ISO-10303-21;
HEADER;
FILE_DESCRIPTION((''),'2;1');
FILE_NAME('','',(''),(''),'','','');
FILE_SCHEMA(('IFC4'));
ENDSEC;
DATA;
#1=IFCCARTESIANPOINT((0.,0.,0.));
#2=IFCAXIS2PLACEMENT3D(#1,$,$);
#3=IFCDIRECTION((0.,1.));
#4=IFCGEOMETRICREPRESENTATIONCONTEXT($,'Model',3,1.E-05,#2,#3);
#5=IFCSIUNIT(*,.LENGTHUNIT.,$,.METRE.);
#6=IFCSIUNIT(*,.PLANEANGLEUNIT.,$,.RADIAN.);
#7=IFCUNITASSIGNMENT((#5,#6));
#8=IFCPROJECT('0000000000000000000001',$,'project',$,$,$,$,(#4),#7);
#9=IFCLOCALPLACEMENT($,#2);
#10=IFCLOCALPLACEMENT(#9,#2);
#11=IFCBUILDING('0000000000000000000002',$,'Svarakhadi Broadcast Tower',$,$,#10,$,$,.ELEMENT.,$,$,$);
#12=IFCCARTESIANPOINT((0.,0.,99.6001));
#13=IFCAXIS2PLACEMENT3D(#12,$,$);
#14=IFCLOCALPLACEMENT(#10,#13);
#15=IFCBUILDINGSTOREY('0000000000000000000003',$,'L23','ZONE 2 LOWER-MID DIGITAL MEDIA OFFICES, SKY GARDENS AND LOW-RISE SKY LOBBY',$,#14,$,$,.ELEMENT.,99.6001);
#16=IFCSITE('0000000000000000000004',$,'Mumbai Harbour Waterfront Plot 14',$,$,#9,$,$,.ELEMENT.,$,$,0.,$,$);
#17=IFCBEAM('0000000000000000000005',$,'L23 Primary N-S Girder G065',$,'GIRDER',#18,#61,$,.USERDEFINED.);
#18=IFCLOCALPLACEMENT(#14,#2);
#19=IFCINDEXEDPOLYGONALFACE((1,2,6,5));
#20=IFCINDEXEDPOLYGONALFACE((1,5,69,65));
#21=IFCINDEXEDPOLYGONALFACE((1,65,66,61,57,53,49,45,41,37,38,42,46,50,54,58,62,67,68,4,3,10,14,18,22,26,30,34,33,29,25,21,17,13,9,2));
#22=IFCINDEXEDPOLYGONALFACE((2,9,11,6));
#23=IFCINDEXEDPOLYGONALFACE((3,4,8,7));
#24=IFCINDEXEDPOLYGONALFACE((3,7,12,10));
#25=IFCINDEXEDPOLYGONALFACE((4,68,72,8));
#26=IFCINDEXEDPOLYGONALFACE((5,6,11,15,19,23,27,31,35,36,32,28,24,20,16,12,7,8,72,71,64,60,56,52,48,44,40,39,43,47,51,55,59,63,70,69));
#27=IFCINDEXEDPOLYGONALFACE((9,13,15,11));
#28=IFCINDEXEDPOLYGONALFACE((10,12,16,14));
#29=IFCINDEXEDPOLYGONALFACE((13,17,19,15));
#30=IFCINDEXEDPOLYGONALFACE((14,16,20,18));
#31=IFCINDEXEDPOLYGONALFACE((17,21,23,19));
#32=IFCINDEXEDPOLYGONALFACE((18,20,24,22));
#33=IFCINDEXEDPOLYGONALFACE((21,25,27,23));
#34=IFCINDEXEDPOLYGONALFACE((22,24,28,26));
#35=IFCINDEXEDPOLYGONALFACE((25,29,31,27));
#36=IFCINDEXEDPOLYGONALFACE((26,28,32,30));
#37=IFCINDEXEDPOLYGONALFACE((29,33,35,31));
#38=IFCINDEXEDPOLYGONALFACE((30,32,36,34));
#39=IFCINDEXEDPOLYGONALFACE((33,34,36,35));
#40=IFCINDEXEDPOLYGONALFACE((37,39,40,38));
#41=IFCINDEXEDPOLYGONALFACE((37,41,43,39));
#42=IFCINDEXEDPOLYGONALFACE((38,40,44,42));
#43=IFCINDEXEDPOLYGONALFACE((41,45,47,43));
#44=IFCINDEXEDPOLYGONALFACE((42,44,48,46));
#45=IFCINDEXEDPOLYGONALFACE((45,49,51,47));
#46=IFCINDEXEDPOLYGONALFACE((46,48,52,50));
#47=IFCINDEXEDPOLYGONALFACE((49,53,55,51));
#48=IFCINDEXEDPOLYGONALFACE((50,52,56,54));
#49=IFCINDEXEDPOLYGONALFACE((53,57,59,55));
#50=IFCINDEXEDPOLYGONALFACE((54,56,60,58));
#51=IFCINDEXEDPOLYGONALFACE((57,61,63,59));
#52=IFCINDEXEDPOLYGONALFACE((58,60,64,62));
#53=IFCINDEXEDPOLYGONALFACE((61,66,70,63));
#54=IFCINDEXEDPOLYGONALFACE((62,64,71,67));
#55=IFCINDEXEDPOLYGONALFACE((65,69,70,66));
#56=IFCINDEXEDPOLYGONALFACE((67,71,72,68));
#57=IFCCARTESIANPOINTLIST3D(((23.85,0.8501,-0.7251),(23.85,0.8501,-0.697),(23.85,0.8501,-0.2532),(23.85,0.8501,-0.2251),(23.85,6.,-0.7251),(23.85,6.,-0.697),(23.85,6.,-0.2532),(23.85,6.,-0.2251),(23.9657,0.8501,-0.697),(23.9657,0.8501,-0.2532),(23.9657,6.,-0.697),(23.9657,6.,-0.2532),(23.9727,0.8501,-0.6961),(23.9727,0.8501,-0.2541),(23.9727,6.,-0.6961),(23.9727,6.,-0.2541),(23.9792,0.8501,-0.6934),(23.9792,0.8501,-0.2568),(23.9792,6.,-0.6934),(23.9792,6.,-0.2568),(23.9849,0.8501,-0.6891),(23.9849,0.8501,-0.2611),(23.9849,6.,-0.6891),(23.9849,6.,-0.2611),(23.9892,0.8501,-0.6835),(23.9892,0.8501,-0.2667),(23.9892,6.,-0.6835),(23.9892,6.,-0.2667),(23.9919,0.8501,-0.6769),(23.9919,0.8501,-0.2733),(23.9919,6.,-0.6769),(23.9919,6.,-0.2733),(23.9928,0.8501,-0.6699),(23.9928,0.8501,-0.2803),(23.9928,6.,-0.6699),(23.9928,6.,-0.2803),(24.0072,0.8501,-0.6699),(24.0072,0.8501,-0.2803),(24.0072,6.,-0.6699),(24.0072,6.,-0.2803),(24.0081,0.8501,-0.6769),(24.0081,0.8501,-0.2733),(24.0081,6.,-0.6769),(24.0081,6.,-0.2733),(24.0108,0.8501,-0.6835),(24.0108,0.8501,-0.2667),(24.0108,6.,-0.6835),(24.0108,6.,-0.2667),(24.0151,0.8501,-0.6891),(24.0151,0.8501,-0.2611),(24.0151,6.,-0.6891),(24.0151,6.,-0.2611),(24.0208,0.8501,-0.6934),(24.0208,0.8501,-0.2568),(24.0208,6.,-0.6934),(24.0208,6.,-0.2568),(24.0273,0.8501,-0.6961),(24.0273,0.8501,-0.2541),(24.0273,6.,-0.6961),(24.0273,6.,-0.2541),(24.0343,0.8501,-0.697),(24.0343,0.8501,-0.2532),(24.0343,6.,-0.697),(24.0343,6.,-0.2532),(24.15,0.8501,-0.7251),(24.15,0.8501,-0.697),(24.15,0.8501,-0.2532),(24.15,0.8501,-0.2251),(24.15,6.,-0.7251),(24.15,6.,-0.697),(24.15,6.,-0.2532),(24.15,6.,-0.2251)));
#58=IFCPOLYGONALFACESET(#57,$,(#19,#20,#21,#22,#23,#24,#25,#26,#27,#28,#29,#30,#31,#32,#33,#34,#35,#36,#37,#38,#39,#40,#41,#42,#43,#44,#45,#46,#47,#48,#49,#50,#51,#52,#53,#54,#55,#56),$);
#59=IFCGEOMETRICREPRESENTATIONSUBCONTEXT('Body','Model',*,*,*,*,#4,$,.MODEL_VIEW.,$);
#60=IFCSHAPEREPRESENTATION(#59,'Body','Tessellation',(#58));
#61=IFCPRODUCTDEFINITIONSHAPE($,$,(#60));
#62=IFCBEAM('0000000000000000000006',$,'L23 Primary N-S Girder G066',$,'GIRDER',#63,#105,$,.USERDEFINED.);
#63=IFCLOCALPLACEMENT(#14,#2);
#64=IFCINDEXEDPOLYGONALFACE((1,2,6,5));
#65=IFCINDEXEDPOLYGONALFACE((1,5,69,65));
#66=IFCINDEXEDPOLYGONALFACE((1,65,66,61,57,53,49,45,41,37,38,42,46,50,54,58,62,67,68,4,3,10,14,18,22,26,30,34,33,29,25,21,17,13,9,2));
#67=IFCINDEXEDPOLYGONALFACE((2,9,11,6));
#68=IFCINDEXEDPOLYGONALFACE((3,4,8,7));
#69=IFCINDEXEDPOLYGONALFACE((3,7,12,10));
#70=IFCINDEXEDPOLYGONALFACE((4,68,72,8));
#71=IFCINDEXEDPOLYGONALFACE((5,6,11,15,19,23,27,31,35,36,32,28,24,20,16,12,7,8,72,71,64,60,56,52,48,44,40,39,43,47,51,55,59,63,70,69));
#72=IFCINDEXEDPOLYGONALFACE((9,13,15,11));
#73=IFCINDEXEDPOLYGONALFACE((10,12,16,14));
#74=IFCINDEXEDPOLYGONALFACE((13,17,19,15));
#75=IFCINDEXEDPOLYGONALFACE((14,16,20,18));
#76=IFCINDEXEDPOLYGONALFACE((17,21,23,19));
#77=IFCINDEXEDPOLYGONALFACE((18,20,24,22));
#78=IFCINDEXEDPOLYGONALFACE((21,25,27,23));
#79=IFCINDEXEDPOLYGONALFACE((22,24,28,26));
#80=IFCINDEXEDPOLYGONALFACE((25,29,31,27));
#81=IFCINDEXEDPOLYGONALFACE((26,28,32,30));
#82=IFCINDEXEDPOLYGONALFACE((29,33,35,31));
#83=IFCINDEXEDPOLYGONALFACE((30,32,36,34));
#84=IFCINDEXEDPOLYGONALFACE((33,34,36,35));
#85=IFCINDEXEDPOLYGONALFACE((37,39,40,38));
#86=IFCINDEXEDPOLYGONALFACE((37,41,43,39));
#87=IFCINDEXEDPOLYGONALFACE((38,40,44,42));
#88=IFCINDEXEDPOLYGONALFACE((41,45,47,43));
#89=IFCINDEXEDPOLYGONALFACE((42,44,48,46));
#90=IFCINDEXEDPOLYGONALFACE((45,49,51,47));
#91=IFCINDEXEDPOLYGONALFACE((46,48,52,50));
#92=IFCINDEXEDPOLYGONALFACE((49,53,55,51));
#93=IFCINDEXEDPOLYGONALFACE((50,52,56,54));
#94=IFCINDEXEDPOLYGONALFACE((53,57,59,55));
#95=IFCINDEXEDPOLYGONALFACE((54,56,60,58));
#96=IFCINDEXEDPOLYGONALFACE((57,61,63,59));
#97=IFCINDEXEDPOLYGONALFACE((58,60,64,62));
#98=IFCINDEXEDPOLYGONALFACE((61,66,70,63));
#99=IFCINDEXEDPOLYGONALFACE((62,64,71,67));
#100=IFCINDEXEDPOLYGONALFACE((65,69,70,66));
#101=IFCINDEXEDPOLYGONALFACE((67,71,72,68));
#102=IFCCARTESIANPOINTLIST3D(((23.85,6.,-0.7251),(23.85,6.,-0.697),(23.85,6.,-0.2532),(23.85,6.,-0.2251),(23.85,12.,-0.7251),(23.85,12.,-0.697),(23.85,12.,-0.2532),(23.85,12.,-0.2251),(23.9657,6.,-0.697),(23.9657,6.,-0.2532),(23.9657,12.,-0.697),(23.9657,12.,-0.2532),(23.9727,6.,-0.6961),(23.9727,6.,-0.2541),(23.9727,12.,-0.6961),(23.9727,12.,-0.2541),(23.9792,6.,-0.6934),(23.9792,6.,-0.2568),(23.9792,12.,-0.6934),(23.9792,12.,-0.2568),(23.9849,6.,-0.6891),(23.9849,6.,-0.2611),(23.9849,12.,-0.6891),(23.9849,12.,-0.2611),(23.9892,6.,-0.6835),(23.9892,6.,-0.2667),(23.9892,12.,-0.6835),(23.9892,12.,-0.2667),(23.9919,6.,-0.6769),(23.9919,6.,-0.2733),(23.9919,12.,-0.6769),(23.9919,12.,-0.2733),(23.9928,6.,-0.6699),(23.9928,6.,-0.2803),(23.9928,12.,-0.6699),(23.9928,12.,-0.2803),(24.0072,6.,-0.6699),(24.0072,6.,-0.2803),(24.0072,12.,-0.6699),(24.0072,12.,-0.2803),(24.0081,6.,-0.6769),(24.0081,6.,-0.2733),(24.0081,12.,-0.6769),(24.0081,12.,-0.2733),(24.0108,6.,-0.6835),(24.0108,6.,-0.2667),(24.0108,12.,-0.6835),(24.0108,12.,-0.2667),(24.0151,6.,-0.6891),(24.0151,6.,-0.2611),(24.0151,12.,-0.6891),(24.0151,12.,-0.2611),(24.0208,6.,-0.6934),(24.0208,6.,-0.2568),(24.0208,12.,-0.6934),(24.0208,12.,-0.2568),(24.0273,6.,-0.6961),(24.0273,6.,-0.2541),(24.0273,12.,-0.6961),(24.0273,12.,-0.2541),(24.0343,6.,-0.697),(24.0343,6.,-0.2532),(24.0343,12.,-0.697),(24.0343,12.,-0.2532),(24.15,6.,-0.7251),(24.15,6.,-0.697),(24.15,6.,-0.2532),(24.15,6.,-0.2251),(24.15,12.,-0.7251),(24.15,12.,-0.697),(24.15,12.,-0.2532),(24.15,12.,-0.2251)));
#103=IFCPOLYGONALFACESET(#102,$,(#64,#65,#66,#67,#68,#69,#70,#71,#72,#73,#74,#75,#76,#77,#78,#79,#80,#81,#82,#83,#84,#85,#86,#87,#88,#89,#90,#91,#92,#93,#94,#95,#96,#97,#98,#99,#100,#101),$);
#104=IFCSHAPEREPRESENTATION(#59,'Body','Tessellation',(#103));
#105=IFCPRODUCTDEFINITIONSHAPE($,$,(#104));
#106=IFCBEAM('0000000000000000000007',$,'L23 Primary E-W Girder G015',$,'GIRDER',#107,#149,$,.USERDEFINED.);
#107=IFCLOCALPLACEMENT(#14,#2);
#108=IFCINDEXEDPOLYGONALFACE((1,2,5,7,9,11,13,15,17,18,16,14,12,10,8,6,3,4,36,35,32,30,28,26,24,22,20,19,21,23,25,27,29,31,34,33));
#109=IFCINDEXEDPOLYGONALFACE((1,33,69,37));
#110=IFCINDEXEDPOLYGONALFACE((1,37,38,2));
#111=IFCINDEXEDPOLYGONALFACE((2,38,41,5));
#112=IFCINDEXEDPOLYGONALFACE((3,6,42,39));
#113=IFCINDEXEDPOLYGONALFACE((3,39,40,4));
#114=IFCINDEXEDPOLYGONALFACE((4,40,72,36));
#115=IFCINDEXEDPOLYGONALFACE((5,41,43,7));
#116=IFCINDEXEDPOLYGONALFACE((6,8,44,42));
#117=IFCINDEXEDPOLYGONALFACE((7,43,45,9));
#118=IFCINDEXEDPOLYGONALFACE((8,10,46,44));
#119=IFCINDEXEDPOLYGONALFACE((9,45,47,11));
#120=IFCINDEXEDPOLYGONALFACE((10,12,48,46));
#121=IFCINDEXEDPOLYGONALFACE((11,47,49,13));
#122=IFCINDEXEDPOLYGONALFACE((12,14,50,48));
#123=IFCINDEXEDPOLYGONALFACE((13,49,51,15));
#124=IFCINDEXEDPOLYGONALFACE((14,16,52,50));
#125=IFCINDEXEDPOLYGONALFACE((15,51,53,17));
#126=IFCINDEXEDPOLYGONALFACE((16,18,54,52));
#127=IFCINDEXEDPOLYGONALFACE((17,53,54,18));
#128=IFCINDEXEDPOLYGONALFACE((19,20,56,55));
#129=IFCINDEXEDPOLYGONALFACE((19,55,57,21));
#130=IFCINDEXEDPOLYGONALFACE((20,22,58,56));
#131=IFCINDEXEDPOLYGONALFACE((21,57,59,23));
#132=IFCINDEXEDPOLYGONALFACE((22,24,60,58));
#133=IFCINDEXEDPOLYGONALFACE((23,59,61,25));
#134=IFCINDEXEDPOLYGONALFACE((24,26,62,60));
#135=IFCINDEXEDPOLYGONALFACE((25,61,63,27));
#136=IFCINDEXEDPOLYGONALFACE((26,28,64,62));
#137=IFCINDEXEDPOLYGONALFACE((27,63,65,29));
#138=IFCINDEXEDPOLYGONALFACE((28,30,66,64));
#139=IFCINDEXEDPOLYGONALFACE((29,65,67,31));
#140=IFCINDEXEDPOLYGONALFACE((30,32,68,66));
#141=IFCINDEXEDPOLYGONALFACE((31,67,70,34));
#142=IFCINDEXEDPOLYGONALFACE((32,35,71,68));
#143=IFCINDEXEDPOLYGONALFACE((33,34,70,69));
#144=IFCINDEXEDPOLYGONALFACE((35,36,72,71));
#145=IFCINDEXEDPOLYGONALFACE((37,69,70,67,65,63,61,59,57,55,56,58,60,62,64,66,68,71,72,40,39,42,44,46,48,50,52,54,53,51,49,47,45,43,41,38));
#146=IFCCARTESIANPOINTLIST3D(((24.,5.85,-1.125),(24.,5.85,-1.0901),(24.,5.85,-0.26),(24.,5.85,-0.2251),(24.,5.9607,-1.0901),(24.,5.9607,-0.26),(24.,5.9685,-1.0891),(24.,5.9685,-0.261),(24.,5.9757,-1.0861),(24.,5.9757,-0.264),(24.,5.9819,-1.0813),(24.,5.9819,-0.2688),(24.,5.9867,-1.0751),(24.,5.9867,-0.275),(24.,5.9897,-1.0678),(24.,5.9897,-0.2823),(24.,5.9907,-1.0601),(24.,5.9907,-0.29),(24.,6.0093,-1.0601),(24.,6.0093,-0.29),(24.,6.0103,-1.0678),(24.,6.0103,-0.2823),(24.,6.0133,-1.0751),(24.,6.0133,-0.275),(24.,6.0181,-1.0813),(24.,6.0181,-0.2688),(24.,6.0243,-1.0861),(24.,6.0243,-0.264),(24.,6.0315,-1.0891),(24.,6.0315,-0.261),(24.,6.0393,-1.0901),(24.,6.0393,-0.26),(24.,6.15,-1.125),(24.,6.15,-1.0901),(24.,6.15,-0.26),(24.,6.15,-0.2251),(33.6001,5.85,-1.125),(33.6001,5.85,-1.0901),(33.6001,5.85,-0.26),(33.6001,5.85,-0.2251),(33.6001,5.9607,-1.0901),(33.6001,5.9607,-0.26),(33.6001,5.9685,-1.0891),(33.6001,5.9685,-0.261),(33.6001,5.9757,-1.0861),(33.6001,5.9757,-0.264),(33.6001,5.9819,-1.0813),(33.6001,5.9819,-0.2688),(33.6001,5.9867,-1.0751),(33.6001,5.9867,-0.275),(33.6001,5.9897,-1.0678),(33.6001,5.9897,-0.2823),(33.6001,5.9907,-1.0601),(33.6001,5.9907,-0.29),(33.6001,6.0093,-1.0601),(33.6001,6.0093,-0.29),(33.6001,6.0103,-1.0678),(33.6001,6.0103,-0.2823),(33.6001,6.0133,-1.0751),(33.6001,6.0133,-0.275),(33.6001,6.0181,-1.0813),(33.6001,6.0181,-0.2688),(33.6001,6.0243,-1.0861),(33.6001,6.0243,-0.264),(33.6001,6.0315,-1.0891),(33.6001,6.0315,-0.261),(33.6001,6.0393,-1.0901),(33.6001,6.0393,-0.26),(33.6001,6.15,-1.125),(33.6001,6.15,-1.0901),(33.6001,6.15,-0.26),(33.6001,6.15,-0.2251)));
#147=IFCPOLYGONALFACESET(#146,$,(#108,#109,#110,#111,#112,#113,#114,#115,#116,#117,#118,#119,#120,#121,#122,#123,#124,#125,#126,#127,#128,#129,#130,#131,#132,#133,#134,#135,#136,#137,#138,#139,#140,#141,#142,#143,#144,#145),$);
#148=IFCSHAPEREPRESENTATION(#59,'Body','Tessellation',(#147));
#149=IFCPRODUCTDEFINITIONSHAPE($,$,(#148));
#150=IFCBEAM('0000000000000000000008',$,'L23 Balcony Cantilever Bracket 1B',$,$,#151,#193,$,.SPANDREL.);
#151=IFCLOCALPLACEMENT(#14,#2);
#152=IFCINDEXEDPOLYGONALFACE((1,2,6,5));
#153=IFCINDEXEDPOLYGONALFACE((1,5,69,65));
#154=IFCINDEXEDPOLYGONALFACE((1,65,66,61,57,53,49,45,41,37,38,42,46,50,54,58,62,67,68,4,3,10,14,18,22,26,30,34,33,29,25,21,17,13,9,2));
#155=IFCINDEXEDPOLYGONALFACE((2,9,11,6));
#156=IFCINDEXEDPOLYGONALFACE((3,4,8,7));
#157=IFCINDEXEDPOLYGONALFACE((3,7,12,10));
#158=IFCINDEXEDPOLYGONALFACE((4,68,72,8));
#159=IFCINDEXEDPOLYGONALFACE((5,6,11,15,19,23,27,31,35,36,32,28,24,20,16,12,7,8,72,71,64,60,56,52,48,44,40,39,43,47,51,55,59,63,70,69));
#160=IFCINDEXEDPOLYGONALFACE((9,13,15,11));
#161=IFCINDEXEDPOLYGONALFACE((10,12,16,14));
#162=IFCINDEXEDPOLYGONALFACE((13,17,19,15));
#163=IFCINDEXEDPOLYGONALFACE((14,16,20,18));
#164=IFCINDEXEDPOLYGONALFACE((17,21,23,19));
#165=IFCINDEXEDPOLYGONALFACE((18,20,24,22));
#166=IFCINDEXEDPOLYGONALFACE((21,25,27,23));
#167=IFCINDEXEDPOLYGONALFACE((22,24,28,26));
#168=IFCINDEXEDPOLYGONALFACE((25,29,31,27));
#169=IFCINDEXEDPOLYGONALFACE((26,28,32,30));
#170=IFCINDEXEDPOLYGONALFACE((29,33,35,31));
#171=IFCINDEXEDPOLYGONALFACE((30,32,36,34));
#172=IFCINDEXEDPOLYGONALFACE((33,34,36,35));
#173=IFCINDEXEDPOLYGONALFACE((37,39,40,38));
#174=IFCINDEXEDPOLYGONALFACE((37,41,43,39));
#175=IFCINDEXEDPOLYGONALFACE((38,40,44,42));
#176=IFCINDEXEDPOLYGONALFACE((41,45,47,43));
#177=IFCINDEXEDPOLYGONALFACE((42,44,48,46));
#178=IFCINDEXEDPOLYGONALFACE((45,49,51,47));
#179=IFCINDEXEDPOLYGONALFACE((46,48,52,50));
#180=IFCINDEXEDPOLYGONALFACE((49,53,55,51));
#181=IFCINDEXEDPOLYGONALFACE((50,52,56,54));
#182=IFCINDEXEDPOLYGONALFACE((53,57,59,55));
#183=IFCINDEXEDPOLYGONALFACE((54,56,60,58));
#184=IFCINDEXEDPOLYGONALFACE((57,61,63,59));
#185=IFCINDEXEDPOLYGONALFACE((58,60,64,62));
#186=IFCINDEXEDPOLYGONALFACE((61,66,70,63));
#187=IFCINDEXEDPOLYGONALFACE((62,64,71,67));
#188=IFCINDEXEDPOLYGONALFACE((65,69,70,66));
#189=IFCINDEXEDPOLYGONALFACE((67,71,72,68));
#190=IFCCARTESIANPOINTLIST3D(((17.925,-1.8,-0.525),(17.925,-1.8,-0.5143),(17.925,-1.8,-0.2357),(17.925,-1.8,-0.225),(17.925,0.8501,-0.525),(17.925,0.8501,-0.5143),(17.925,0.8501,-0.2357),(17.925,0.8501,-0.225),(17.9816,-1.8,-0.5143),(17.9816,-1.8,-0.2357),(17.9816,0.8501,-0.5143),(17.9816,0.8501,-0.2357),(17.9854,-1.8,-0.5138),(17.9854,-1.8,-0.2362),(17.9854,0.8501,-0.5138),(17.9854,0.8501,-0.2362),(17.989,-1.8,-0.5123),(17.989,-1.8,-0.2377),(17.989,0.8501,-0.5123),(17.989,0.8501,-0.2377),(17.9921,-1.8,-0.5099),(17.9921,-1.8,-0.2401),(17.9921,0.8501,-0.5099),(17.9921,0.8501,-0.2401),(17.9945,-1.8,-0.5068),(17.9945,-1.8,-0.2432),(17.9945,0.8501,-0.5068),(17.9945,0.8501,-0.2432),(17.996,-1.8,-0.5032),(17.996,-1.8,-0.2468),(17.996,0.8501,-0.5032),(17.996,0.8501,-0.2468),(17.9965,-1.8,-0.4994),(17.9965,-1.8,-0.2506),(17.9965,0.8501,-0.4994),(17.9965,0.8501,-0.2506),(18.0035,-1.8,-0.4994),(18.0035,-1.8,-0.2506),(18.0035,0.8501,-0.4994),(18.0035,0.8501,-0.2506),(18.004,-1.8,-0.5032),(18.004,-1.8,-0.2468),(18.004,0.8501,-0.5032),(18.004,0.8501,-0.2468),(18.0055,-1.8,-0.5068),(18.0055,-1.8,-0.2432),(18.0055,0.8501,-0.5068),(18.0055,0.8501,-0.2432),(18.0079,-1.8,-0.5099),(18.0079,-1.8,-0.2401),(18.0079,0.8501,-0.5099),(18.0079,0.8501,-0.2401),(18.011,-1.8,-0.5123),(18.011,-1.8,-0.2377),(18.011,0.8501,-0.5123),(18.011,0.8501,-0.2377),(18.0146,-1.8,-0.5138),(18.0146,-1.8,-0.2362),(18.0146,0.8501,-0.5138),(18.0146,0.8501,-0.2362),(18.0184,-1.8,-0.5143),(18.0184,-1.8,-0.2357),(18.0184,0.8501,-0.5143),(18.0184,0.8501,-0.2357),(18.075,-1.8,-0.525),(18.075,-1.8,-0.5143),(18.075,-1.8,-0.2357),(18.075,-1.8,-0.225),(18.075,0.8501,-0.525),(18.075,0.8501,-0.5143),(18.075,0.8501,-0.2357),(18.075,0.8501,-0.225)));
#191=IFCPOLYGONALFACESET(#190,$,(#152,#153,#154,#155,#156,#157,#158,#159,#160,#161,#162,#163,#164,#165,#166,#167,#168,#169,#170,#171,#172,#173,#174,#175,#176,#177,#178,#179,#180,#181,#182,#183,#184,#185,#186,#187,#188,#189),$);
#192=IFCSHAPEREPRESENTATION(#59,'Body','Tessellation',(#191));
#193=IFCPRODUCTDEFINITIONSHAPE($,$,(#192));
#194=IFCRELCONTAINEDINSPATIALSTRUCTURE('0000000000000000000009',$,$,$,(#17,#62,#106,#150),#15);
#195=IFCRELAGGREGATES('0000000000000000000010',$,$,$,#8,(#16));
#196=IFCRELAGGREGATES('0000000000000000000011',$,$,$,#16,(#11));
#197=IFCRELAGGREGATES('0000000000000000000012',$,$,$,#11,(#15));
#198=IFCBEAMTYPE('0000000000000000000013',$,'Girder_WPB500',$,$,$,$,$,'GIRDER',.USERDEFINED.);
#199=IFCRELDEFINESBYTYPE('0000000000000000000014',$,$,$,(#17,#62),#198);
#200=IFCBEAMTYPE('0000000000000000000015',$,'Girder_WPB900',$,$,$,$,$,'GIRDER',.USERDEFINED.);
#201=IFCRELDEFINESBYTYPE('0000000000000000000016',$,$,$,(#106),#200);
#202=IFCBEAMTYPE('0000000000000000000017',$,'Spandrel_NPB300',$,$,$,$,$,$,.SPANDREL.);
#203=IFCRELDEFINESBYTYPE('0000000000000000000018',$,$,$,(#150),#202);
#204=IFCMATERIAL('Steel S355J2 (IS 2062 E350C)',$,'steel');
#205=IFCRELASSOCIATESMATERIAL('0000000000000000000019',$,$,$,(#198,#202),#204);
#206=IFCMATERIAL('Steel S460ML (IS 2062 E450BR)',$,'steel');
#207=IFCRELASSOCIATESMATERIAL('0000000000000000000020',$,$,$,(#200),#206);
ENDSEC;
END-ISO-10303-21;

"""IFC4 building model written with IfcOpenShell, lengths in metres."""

from ifc_helpers import new_model, si_unit, direction, frame, origin, origin_2d, place, context, subcontext, project, spatial, i_section, extrude, material, material_profile, profile_set, type_object, element, save


model = new_model("IFC4")

# Units and contexts
model_context = context("Model", 3, precision=1e-05, world=origin(), true_north=direction((0.0, 1.0)))
body_context = subcontext(model_context, "Body", "Model", "MODEL_VIEW")
ifc_project = project(units=[si_unit("LENGTHUNIT", "METRE"), si_unit("PLANEANGLEUNIT", "RADIAN")], contexts=[model_context])

# Site, building, storey
site_placement = place(None, origin())
site = spatial("IfcSite", under=ifc_project, at=site_placement, Name="Mumbai Harbour Waterfront Plot 14", CompositionType="ELEMENT", RefElevation=0.0)
building_placement = place(site_placement, origin())
building = spatial("IfcBuilding", under=site, at=building_placement, Name="Svarakhadi Broadcast Tower", CompositionType="ELEMENT")
storey_placement = place(building_placement, frame((0.0, 0.0, 99.6001)))
storey = spatial("IfcBuildingStorey", under=building, at=storey_placement, Name="L23", Description="ZONE 2 LOWER-MID DIGITAL MEDIA OFFICES, SKY GARDENS AND LOW-RISE SKY LOBBY", CompositionType="ELEMENT", Elevation=99.6001)

# Shared definitions
ifc_material_1 = material(Name="Steel S355J2 (IS 2062 E350C)", Category="steel")

# Shared definitions
ifc_material_2 = material(Name="Steel S460ML (IS 2062 E450BR)", Category="steel")

# Beams
ifc_material_profile_1 = material_profile(ifc_material_1, i_section(OverallWidth=0.3, OverallDepth=0.5, WebThickness=0.0144, FlangeThickness=0.0281, FilletRadius=0.0271, at=origin_2d()), Name="WPB 500x300x187")
ifc_profile_set_1 = profile_set([ifc_material_profile_1], Name="Steel S355J2 (IS 2062 E350C)")
beam_type_1 = type_object("IfcBeamType", Name="Girder_WPB500", ElementType="GIRDER", PredefinedType="USERDEFINED", material=ifc_profile_set_1)
beam_1_placement = place(storey_placement, frame((24.0, 0.8501, -0.4751), z_axis=(0.0, 1.0, 0.0), x_axis=(-1.0, 0.0, 0.0)))
element("IfcBeam", 1, at=beam_1_placement, inside=storey, type_object=beam_type_1, Name="L23 Primary N-S Girder G065", ObjectType="GIRDER", PredefinedType="USERDEFINED", context=body_context, shape_type="SweptSolid", body=[
    extrude(i_section(OverallWidth=0.3, OverallDepth=0.5, WebThickness=0.0144, FlangeThickness=0.0281, FilletRadius=0.0271, at=origin_2d()), origin(), (0.0, 0.0, 1.0), 5.1499),
])
beam_2_placement = place(storey_placement, frame((24.0, 6.0, -0.4751), z_axis=(0.0, 1.0, 0.0), x_axis=(-1.0, 0.0, 0.0)))
element("IfcBeam", 2, at=beam_2_placement, inside=storey, type_object=beam_type_1, Name="L23 Primary N-S Girder G066", ObjectType="GIRDER", PredefinedType="USERDEFINED", context=body_context, shape_type="SweptSolid", body=[
    extrude(i_section(OverallWidth=0.3, OverallDepth=0.5, WebThickness=0.0144, FlangeThickness=0.0281, FilletRadius=0.0271, at=origin_2d()), origin(), (0.0, 0.0, 1.0), 6.0),
])
ifc_material_profile_2 = material_profile(ifc_material_2, i_section(OverallWidth=0.3, OverallDepth=0.8999, WebThickness=0.0186, FlangeThickness=0.0349, FilletRadius=0.03, at=origin_2d()), Name="WPB 900x300x291")
ifc_profile_set_2 = profile_set([ifc_material_profile_2], Name="Steel S460ML (IS 2062 E450BR)")
beam_type_2 = type_object("IfcBeamType", Name="Girder_WPB900", ElementType="GIRDER", PredefinedType="USERDEFINED", material=ifc_profile_set_2)
beam_3_placement = place(storey_placement, frame((24.0, 6.0, -0.675), z_axis=(1.0, 0.0, 0.0), x_axis=(0.0, 1.0, 0.0)))
element("IfcBeam", 3, at=beam_3_placement, inside=storey, type_object=beam_type_2, Name="L23 Primary E-W Girder G015", ObjectType="GIRDER", PredefinedType="USERDEFINED", context=body_context, shape_type="SweptSolid", body=[
    extrude(i_section(OverallWidth=0.3, OverallDepth=0.8999, WebThickness=0.0186, FlangeThickness=0.0349, FilletRadius=0.03, at=origin_2d()), origin(), (0.0, 0.0, 1.0), 9.6001),
])
ifc_material_profile_3 = material_profile(ifc_material_1, i_section(OverallWidth=0.1499, OverallDepth=0.3, WebThickness=0.0071, FlangeThickness=0.0107, FilletRadius=0.0149, at=origin_2d()), Name="NPB 300x150x37")
ifc_profile_set_3 = profile_set([ifc_material_profile_3], Name="Steel S355J2 (IS 2062 E350C)")
beam_type_3 = type_object("IfcBeamType", Name="Spandrel_NPB300", PredefinedType="SPANDREL", material=ifc_profile_set_3)
beam_4_placement = place(storey_placement, frame((18.0, 0.8501, -0.375), z_axis=(0.0, -1.0, 0.0), x_axis=(1.0, 0.0, 0.0)))
element("IfcBeam", 4, at=beam_4_placement, inside=storey, type_object=beam_type_3, Name="L23 Balcony Cantilever Bracket 1B", PredefinedType="SPANDREL", context=body_context, shape_type="SweptSolid", body=[
    extrude(i_section(OverallWidth=0.1499, OverallDepth=0.3, WebThickness=0.0071, FlangeThickness=0.0107, FilletRadius=0.0149, at=origin_2d()), origin(), (0.0, 0.0, 1.0), 2.6501),
])

save(model, "model.ifc")
